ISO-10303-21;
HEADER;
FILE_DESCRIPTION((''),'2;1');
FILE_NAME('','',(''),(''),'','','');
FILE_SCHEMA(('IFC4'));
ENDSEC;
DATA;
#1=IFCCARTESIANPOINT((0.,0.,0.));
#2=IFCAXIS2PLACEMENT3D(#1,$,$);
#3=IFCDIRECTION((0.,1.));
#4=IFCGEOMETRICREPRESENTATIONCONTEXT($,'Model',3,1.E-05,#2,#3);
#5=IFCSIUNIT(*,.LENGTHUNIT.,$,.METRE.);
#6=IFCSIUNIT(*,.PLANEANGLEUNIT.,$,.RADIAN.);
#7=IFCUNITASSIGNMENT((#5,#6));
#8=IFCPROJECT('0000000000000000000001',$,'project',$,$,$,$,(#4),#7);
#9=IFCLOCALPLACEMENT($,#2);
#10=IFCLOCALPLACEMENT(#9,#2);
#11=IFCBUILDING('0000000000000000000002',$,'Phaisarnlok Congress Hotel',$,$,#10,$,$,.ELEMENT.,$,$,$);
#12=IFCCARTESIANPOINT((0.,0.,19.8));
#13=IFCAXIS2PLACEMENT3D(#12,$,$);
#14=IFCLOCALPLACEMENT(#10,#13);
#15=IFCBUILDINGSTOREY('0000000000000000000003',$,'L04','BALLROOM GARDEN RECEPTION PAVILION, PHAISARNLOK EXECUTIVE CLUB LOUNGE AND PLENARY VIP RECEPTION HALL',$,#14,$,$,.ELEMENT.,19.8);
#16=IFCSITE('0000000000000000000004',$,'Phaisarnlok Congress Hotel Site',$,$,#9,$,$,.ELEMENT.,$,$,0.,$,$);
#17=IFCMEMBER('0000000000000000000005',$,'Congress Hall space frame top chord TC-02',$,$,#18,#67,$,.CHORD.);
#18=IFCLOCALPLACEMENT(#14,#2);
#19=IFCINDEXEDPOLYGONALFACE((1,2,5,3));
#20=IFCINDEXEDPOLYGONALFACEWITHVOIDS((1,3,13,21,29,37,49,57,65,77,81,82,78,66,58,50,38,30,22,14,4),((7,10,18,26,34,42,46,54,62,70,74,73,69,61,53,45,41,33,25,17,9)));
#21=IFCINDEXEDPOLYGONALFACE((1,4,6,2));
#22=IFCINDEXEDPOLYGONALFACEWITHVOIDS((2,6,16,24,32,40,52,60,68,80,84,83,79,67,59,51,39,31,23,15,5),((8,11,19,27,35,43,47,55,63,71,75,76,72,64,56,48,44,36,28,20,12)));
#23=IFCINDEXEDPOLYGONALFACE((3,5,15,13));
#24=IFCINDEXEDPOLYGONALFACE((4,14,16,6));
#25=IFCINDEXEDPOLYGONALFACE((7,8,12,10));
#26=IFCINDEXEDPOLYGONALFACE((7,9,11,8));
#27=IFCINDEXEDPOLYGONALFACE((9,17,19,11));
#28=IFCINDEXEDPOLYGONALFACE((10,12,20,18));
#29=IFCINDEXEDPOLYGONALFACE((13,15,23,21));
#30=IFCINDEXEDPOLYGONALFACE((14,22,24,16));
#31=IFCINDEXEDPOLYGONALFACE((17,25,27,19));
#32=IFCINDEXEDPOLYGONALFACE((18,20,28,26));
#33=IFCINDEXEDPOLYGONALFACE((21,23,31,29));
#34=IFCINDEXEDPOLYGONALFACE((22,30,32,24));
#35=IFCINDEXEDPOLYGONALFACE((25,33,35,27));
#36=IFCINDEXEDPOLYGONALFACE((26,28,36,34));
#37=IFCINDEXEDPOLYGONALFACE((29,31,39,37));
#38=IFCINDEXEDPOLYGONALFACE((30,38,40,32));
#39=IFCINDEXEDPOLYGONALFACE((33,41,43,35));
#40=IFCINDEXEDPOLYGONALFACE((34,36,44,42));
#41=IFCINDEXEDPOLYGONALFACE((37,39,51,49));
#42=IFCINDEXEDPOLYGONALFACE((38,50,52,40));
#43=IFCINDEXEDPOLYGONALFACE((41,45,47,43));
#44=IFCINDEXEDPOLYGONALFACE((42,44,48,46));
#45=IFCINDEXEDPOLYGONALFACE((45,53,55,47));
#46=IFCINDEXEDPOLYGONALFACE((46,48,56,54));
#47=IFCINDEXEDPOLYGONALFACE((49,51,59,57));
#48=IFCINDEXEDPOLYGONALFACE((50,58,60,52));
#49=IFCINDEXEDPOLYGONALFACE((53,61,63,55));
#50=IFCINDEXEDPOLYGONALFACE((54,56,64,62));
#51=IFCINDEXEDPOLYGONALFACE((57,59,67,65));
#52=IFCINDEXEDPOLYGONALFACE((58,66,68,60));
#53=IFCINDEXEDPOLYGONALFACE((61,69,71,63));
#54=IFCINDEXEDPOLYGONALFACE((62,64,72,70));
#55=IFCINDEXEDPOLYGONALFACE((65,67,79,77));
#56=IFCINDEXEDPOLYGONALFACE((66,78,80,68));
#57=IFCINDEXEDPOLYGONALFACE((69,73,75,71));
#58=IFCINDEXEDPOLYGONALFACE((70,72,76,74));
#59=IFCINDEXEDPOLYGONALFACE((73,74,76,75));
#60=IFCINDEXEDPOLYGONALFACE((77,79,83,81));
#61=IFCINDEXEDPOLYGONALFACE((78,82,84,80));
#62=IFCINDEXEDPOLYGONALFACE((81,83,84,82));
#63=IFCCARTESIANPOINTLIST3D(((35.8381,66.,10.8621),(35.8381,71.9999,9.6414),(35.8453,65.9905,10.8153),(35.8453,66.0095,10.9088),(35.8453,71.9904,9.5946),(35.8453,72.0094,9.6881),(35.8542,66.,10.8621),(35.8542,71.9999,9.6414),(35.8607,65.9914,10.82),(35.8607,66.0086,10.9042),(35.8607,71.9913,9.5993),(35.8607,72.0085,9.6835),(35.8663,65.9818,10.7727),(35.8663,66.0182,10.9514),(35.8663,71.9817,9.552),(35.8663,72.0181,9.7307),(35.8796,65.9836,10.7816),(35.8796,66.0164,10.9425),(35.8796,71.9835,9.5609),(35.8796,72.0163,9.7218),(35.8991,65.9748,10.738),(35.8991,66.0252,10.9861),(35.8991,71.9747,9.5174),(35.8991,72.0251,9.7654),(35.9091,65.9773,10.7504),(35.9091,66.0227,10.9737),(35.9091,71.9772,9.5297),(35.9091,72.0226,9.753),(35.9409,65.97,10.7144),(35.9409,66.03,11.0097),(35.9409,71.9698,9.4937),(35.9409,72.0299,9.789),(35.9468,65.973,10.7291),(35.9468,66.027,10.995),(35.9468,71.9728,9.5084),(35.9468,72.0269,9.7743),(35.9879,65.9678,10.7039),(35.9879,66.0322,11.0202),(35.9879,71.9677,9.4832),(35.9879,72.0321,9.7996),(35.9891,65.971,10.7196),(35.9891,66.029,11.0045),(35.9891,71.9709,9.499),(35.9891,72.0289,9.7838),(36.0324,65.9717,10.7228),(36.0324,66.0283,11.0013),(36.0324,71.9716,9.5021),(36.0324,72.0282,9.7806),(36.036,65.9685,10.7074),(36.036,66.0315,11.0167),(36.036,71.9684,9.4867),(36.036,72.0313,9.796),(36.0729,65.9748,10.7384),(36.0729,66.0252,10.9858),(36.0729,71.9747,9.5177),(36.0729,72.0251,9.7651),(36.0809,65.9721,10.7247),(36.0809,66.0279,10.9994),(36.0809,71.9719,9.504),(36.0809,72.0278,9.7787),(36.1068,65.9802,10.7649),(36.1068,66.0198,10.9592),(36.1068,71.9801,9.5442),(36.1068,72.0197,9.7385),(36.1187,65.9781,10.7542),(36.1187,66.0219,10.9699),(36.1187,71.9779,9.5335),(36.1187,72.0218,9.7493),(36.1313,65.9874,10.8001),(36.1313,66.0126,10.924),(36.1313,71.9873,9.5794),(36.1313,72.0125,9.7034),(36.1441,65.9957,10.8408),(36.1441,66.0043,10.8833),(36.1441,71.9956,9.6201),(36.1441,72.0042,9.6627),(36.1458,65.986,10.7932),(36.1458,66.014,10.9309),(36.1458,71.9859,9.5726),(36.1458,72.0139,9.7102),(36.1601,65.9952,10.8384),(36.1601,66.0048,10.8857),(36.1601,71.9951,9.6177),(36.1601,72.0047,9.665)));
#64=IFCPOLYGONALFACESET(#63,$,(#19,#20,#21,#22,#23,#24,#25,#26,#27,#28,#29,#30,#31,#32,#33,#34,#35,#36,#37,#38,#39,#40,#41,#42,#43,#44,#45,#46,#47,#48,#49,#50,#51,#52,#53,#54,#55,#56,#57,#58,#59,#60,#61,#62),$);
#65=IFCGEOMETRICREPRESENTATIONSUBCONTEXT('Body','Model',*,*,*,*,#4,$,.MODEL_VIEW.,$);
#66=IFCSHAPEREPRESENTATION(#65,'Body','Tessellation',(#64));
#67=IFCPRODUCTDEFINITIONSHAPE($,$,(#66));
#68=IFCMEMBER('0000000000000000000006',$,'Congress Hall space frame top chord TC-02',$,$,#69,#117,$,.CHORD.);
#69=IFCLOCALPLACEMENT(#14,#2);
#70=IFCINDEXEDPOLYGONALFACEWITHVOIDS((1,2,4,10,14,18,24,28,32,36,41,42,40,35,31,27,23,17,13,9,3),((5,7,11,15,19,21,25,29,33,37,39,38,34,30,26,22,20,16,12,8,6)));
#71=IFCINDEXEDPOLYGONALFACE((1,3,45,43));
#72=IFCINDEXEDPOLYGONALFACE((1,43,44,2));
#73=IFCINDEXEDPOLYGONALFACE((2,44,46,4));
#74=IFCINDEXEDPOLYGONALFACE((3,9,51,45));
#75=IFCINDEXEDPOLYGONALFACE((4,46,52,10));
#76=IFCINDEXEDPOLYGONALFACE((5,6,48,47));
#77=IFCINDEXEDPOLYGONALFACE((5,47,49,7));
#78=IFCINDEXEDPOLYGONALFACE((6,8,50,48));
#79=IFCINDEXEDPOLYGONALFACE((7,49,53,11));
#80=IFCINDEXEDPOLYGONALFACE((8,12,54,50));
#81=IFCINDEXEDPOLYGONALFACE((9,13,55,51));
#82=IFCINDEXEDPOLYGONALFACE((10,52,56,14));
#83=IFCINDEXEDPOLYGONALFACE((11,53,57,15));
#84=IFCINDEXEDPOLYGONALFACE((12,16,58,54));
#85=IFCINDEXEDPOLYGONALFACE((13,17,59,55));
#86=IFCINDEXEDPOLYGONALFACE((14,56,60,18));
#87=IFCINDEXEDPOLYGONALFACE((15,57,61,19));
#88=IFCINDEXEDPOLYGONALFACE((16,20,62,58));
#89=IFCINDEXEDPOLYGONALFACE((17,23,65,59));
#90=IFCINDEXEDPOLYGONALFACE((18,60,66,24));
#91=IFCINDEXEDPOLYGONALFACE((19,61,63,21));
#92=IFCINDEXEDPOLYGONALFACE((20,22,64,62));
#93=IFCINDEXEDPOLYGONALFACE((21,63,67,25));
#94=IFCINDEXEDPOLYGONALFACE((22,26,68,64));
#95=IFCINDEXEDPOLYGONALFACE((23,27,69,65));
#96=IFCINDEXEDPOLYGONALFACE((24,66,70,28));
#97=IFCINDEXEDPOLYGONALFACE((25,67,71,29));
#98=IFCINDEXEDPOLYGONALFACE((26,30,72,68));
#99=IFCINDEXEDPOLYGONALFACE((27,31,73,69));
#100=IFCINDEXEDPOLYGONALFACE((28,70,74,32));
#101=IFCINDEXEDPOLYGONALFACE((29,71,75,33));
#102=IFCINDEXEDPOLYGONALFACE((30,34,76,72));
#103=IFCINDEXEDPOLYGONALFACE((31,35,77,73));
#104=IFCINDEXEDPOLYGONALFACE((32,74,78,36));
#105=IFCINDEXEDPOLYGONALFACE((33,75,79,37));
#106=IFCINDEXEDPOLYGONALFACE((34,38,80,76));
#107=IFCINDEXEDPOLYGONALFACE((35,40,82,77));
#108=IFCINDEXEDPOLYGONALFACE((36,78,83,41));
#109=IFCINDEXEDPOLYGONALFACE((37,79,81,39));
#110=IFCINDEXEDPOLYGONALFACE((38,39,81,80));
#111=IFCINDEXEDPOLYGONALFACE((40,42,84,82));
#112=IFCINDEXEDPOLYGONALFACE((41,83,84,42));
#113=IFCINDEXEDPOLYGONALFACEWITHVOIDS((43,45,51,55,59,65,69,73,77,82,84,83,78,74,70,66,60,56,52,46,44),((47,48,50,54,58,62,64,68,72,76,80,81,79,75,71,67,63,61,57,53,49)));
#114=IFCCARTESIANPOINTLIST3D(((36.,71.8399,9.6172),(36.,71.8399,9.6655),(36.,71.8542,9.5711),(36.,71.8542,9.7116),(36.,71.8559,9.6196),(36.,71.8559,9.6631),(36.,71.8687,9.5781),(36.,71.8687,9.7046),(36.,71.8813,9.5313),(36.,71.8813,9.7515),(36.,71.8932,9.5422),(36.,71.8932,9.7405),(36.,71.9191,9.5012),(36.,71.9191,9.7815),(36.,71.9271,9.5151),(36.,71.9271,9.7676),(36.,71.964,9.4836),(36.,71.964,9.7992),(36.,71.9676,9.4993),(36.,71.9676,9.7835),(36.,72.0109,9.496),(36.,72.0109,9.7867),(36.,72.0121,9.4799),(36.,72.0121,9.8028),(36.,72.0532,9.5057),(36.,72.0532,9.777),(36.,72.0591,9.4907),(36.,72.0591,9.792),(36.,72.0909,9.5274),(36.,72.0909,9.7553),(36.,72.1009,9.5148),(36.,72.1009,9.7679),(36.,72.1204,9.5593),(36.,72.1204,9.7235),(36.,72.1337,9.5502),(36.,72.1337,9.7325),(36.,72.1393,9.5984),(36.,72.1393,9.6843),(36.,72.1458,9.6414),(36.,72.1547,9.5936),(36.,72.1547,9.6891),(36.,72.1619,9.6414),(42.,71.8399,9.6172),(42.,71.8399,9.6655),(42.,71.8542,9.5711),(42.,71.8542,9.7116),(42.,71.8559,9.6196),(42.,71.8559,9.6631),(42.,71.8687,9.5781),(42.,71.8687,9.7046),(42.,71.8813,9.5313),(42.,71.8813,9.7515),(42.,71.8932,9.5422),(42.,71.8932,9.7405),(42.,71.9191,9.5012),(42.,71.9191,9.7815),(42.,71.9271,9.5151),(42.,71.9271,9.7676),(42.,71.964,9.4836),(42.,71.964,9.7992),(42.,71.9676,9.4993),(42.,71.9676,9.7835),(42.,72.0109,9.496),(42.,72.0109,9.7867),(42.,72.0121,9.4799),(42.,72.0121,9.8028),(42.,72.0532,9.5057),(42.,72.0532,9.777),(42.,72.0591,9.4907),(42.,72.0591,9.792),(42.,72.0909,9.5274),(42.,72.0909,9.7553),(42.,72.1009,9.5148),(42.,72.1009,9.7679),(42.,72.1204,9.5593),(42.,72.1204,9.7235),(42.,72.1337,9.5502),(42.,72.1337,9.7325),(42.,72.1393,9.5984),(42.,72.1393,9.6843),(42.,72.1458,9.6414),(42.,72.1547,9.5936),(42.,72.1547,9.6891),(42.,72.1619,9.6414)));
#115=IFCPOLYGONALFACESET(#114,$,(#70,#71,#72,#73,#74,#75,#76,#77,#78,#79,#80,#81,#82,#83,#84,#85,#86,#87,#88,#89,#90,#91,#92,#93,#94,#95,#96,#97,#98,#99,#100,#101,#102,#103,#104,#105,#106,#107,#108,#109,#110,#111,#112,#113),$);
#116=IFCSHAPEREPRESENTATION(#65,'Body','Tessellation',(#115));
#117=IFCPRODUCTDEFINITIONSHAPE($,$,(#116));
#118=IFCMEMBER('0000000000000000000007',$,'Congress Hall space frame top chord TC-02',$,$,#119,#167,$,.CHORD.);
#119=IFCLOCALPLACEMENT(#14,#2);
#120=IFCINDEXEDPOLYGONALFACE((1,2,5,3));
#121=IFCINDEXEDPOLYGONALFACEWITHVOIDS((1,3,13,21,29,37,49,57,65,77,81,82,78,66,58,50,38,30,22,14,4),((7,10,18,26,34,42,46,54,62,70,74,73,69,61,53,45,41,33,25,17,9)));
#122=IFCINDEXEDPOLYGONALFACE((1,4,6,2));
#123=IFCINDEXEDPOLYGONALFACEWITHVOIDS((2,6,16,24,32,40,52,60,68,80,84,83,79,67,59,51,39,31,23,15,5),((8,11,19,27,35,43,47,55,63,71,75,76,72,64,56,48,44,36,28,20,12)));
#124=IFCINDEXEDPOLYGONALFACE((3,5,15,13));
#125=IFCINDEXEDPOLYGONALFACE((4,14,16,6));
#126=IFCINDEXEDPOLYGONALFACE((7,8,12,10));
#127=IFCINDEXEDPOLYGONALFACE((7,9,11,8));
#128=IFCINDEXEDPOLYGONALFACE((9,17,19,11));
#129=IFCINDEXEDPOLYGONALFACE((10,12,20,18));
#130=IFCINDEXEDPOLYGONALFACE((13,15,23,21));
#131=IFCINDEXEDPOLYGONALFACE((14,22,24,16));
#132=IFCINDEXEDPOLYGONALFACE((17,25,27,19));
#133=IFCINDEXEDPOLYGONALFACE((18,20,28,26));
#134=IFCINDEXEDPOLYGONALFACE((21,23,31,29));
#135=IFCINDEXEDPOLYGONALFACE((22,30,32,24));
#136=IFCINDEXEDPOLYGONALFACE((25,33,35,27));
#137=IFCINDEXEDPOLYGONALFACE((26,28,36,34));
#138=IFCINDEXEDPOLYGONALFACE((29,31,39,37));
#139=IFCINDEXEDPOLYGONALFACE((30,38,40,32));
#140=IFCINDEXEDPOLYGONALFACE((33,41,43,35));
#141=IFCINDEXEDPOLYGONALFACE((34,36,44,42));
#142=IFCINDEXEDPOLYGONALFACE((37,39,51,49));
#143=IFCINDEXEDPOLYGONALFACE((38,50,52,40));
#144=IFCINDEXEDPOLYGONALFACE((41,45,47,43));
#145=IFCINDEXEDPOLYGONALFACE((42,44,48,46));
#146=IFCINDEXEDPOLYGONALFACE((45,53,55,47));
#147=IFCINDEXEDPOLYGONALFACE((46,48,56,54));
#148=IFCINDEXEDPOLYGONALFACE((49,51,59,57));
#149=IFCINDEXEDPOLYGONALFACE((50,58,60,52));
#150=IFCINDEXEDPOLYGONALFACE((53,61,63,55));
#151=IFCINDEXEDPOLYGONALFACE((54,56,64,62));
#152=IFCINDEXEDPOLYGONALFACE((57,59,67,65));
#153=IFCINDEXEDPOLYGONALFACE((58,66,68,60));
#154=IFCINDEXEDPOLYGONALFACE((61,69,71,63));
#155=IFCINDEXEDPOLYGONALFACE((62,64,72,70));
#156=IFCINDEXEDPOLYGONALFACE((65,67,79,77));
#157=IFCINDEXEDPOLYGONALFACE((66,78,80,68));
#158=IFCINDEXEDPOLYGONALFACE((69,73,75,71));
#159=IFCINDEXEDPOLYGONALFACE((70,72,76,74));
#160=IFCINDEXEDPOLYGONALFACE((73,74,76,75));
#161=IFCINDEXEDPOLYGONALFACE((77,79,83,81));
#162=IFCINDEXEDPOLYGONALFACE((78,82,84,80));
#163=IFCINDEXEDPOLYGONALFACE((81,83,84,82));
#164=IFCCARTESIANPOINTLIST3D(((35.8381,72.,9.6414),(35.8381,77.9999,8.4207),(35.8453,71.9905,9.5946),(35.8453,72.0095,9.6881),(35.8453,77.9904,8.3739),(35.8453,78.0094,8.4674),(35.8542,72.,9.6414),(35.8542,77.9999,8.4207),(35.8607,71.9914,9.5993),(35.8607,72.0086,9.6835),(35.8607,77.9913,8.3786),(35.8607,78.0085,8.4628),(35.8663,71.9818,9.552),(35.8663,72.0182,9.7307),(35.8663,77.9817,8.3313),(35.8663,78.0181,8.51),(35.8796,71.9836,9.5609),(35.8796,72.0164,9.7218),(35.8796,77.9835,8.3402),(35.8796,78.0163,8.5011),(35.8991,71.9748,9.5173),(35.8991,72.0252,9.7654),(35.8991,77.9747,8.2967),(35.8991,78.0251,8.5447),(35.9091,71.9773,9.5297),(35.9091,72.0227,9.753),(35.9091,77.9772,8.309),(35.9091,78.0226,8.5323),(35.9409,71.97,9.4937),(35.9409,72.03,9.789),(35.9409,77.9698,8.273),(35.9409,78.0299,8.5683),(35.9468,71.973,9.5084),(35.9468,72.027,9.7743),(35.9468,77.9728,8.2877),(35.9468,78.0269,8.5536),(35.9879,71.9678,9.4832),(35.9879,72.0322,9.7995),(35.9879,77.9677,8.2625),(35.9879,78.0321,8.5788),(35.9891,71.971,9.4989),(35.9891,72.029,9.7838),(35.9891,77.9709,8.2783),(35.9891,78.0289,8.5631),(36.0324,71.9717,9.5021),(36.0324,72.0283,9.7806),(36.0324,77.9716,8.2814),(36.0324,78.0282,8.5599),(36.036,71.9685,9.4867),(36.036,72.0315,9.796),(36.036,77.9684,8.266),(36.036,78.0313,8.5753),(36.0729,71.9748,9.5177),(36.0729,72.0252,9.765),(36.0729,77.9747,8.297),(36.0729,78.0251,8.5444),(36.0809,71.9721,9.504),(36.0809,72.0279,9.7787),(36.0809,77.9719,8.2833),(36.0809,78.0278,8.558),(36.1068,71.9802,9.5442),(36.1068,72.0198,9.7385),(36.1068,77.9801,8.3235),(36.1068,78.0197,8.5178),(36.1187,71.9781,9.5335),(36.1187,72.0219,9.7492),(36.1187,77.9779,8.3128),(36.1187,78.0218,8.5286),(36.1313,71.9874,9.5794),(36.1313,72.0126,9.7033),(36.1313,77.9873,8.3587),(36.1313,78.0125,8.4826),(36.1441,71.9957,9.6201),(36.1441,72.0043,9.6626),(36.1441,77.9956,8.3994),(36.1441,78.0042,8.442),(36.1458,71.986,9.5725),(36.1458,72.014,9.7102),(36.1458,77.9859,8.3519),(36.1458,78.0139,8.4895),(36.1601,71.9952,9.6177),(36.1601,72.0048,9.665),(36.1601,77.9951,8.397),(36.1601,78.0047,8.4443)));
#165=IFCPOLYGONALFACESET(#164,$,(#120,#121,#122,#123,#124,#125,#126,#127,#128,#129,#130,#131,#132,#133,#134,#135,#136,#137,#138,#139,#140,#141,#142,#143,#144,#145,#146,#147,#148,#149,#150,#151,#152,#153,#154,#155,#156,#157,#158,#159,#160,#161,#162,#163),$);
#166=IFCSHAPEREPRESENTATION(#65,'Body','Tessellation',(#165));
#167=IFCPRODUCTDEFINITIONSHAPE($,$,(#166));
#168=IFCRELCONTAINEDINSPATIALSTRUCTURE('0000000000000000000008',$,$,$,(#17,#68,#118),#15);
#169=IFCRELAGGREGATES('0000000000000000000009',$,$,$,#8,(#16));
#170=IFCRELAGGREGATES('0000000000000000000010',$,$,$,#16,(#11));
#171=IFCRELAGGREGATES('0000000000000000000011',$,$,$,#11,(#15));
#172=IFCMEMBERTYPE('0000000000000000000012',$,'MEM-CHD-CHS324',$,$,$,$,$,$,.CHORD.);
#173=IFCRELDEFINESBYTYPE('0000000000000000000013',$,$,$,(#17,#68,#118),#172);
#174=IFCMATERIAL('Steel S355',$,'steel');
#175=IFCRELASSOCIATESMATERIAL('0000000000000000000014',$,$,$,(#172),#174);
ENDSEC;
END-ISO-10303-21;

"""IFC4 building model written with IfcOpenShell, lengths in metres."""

from ifc_helpers import new_model, si_unit, direction, frame, origin, origin_2d, place, context, subcontext, project, spatial, hollow_circle, extrude, material, material_profile, profile_set, type_object, element, save


model = new_model("IFC4")

# Units and contexts
model_context = context("Model", 3, precision=1e-05, world=origin(), true_north=direction((0.0, 1.0)))
body_context = subcontext(model_context, "Body", "Model", "MODEL_VIEW")
ifc_project = project(units=[si_unit("LENGTHUNIT", "METRE"), si_unit("PLANEANGLEUNIT", "RADIAN")], contexts=[model_context])

# Site, building, storey
site_placement = place(None, origin())
site = spatial("IfcSite", under=ifc_project, at=site_placement, Name="Phaisarnlok Congress Hotel Site", CompositionType="ELEMENT", RefElevation=0.0)
building_placement = place(site_placement, origin())
building = spatial("IfcBuilding", under=site, at=building_placement, Name="Phaisarnlok Congress Hotel", CompositionType="ELEMENT")
storey_placement = place(building_placement, frame((0.0, 0.0, 19.8)))
storey = spatial("IfcBuildingStorey", under=building, at=storey_placement, Name="L04", Description="BALLROOM GARDEN RECEPTION PAVILION, PHAISARNLOK EXECUTIVE CLUB LOUNGE AND PLENARY VIP RECEPTION HALL", CompositionType="ELEMENT", Elevation=19.8)

# Members
ifc_material = material(Name="Steel S355", Category="steel")
ifc_material_profile_1 = material_profile(ifc_material, hollow_circle(Radius=0.1619, WallThickness=0.0161, at=origin_2d()), Name="CHS 323.9x16")
ifc_profile_set_1 = profile_set([ifc_material_profile_1], Name="Steel S355")
member_type_1 = type_object("IfcMemberType", Name="MEM-CHD-CHS324", PredefinedType="CHORD", material=ifc_profile_set_1)
member_1_placement = place(storey_placement, frame((36.0, 66.0, 10.8621), z_axis=(0.0, 0.979925, -0.199366), x_axis=(-1.0, 0.0, 0.0)))
element("IfcMember", 1, at=member_1_placement, inside=storey, type_object=member_type_1, Name="Congress Hall space frame top chord TC-02", PredefinedType="CHORD", context=body_context, shape_type="SweptSolid", body=[
    extrude(hollow_circle(Radius=0.1619, WallThickness=0.0161, at=origin_2d()), origin(), (0.0, 0.0, 1.0), 6.1228),
])
member_2_placement = place(storey_placement, frame((36.0, 72.0, 9.6414), z_axis=(1.0, 0.0, 0.0), x_axis=(0.0, 1.0, 0.0)))
element("IfcMember", 2, at=member_2_placement, inside=storey, type_object=member_type_1, Name="Congress Hall space frame top chord TC-02", PredefinedType="CHORD", context=body_context, shape_type="SweptSolid", body=[
    extrude(hollow_circle(Radius=0.1619, WallThickness=0.0161, at=origin_2d()), origin(), (0.0, 0.0, 1.0), 6.0),
])
member_3_placement = place(storey_placement, frame((36.0, 72.0, 9.6414), z_axis=(0.0, 0.979925, -0.199366), x_axis=(-1.0, 0.0, 0.0)))
element("IfcMember", 3, at=member_3_placement, inside=storey, type_object=member_type_1, Name="Congress Hall space frame top chord TC-02", PredefinedType="CHORD", context=body_context, shape_type="SweptSolid", body=[
    extrude(hollow_circle(Radius=0.1619, WallThickness=0.0161, at=origin_2d()), origin(), (0.0, 0.0, 1.0), 6.1228),
])

save(model, "model.ifc")
